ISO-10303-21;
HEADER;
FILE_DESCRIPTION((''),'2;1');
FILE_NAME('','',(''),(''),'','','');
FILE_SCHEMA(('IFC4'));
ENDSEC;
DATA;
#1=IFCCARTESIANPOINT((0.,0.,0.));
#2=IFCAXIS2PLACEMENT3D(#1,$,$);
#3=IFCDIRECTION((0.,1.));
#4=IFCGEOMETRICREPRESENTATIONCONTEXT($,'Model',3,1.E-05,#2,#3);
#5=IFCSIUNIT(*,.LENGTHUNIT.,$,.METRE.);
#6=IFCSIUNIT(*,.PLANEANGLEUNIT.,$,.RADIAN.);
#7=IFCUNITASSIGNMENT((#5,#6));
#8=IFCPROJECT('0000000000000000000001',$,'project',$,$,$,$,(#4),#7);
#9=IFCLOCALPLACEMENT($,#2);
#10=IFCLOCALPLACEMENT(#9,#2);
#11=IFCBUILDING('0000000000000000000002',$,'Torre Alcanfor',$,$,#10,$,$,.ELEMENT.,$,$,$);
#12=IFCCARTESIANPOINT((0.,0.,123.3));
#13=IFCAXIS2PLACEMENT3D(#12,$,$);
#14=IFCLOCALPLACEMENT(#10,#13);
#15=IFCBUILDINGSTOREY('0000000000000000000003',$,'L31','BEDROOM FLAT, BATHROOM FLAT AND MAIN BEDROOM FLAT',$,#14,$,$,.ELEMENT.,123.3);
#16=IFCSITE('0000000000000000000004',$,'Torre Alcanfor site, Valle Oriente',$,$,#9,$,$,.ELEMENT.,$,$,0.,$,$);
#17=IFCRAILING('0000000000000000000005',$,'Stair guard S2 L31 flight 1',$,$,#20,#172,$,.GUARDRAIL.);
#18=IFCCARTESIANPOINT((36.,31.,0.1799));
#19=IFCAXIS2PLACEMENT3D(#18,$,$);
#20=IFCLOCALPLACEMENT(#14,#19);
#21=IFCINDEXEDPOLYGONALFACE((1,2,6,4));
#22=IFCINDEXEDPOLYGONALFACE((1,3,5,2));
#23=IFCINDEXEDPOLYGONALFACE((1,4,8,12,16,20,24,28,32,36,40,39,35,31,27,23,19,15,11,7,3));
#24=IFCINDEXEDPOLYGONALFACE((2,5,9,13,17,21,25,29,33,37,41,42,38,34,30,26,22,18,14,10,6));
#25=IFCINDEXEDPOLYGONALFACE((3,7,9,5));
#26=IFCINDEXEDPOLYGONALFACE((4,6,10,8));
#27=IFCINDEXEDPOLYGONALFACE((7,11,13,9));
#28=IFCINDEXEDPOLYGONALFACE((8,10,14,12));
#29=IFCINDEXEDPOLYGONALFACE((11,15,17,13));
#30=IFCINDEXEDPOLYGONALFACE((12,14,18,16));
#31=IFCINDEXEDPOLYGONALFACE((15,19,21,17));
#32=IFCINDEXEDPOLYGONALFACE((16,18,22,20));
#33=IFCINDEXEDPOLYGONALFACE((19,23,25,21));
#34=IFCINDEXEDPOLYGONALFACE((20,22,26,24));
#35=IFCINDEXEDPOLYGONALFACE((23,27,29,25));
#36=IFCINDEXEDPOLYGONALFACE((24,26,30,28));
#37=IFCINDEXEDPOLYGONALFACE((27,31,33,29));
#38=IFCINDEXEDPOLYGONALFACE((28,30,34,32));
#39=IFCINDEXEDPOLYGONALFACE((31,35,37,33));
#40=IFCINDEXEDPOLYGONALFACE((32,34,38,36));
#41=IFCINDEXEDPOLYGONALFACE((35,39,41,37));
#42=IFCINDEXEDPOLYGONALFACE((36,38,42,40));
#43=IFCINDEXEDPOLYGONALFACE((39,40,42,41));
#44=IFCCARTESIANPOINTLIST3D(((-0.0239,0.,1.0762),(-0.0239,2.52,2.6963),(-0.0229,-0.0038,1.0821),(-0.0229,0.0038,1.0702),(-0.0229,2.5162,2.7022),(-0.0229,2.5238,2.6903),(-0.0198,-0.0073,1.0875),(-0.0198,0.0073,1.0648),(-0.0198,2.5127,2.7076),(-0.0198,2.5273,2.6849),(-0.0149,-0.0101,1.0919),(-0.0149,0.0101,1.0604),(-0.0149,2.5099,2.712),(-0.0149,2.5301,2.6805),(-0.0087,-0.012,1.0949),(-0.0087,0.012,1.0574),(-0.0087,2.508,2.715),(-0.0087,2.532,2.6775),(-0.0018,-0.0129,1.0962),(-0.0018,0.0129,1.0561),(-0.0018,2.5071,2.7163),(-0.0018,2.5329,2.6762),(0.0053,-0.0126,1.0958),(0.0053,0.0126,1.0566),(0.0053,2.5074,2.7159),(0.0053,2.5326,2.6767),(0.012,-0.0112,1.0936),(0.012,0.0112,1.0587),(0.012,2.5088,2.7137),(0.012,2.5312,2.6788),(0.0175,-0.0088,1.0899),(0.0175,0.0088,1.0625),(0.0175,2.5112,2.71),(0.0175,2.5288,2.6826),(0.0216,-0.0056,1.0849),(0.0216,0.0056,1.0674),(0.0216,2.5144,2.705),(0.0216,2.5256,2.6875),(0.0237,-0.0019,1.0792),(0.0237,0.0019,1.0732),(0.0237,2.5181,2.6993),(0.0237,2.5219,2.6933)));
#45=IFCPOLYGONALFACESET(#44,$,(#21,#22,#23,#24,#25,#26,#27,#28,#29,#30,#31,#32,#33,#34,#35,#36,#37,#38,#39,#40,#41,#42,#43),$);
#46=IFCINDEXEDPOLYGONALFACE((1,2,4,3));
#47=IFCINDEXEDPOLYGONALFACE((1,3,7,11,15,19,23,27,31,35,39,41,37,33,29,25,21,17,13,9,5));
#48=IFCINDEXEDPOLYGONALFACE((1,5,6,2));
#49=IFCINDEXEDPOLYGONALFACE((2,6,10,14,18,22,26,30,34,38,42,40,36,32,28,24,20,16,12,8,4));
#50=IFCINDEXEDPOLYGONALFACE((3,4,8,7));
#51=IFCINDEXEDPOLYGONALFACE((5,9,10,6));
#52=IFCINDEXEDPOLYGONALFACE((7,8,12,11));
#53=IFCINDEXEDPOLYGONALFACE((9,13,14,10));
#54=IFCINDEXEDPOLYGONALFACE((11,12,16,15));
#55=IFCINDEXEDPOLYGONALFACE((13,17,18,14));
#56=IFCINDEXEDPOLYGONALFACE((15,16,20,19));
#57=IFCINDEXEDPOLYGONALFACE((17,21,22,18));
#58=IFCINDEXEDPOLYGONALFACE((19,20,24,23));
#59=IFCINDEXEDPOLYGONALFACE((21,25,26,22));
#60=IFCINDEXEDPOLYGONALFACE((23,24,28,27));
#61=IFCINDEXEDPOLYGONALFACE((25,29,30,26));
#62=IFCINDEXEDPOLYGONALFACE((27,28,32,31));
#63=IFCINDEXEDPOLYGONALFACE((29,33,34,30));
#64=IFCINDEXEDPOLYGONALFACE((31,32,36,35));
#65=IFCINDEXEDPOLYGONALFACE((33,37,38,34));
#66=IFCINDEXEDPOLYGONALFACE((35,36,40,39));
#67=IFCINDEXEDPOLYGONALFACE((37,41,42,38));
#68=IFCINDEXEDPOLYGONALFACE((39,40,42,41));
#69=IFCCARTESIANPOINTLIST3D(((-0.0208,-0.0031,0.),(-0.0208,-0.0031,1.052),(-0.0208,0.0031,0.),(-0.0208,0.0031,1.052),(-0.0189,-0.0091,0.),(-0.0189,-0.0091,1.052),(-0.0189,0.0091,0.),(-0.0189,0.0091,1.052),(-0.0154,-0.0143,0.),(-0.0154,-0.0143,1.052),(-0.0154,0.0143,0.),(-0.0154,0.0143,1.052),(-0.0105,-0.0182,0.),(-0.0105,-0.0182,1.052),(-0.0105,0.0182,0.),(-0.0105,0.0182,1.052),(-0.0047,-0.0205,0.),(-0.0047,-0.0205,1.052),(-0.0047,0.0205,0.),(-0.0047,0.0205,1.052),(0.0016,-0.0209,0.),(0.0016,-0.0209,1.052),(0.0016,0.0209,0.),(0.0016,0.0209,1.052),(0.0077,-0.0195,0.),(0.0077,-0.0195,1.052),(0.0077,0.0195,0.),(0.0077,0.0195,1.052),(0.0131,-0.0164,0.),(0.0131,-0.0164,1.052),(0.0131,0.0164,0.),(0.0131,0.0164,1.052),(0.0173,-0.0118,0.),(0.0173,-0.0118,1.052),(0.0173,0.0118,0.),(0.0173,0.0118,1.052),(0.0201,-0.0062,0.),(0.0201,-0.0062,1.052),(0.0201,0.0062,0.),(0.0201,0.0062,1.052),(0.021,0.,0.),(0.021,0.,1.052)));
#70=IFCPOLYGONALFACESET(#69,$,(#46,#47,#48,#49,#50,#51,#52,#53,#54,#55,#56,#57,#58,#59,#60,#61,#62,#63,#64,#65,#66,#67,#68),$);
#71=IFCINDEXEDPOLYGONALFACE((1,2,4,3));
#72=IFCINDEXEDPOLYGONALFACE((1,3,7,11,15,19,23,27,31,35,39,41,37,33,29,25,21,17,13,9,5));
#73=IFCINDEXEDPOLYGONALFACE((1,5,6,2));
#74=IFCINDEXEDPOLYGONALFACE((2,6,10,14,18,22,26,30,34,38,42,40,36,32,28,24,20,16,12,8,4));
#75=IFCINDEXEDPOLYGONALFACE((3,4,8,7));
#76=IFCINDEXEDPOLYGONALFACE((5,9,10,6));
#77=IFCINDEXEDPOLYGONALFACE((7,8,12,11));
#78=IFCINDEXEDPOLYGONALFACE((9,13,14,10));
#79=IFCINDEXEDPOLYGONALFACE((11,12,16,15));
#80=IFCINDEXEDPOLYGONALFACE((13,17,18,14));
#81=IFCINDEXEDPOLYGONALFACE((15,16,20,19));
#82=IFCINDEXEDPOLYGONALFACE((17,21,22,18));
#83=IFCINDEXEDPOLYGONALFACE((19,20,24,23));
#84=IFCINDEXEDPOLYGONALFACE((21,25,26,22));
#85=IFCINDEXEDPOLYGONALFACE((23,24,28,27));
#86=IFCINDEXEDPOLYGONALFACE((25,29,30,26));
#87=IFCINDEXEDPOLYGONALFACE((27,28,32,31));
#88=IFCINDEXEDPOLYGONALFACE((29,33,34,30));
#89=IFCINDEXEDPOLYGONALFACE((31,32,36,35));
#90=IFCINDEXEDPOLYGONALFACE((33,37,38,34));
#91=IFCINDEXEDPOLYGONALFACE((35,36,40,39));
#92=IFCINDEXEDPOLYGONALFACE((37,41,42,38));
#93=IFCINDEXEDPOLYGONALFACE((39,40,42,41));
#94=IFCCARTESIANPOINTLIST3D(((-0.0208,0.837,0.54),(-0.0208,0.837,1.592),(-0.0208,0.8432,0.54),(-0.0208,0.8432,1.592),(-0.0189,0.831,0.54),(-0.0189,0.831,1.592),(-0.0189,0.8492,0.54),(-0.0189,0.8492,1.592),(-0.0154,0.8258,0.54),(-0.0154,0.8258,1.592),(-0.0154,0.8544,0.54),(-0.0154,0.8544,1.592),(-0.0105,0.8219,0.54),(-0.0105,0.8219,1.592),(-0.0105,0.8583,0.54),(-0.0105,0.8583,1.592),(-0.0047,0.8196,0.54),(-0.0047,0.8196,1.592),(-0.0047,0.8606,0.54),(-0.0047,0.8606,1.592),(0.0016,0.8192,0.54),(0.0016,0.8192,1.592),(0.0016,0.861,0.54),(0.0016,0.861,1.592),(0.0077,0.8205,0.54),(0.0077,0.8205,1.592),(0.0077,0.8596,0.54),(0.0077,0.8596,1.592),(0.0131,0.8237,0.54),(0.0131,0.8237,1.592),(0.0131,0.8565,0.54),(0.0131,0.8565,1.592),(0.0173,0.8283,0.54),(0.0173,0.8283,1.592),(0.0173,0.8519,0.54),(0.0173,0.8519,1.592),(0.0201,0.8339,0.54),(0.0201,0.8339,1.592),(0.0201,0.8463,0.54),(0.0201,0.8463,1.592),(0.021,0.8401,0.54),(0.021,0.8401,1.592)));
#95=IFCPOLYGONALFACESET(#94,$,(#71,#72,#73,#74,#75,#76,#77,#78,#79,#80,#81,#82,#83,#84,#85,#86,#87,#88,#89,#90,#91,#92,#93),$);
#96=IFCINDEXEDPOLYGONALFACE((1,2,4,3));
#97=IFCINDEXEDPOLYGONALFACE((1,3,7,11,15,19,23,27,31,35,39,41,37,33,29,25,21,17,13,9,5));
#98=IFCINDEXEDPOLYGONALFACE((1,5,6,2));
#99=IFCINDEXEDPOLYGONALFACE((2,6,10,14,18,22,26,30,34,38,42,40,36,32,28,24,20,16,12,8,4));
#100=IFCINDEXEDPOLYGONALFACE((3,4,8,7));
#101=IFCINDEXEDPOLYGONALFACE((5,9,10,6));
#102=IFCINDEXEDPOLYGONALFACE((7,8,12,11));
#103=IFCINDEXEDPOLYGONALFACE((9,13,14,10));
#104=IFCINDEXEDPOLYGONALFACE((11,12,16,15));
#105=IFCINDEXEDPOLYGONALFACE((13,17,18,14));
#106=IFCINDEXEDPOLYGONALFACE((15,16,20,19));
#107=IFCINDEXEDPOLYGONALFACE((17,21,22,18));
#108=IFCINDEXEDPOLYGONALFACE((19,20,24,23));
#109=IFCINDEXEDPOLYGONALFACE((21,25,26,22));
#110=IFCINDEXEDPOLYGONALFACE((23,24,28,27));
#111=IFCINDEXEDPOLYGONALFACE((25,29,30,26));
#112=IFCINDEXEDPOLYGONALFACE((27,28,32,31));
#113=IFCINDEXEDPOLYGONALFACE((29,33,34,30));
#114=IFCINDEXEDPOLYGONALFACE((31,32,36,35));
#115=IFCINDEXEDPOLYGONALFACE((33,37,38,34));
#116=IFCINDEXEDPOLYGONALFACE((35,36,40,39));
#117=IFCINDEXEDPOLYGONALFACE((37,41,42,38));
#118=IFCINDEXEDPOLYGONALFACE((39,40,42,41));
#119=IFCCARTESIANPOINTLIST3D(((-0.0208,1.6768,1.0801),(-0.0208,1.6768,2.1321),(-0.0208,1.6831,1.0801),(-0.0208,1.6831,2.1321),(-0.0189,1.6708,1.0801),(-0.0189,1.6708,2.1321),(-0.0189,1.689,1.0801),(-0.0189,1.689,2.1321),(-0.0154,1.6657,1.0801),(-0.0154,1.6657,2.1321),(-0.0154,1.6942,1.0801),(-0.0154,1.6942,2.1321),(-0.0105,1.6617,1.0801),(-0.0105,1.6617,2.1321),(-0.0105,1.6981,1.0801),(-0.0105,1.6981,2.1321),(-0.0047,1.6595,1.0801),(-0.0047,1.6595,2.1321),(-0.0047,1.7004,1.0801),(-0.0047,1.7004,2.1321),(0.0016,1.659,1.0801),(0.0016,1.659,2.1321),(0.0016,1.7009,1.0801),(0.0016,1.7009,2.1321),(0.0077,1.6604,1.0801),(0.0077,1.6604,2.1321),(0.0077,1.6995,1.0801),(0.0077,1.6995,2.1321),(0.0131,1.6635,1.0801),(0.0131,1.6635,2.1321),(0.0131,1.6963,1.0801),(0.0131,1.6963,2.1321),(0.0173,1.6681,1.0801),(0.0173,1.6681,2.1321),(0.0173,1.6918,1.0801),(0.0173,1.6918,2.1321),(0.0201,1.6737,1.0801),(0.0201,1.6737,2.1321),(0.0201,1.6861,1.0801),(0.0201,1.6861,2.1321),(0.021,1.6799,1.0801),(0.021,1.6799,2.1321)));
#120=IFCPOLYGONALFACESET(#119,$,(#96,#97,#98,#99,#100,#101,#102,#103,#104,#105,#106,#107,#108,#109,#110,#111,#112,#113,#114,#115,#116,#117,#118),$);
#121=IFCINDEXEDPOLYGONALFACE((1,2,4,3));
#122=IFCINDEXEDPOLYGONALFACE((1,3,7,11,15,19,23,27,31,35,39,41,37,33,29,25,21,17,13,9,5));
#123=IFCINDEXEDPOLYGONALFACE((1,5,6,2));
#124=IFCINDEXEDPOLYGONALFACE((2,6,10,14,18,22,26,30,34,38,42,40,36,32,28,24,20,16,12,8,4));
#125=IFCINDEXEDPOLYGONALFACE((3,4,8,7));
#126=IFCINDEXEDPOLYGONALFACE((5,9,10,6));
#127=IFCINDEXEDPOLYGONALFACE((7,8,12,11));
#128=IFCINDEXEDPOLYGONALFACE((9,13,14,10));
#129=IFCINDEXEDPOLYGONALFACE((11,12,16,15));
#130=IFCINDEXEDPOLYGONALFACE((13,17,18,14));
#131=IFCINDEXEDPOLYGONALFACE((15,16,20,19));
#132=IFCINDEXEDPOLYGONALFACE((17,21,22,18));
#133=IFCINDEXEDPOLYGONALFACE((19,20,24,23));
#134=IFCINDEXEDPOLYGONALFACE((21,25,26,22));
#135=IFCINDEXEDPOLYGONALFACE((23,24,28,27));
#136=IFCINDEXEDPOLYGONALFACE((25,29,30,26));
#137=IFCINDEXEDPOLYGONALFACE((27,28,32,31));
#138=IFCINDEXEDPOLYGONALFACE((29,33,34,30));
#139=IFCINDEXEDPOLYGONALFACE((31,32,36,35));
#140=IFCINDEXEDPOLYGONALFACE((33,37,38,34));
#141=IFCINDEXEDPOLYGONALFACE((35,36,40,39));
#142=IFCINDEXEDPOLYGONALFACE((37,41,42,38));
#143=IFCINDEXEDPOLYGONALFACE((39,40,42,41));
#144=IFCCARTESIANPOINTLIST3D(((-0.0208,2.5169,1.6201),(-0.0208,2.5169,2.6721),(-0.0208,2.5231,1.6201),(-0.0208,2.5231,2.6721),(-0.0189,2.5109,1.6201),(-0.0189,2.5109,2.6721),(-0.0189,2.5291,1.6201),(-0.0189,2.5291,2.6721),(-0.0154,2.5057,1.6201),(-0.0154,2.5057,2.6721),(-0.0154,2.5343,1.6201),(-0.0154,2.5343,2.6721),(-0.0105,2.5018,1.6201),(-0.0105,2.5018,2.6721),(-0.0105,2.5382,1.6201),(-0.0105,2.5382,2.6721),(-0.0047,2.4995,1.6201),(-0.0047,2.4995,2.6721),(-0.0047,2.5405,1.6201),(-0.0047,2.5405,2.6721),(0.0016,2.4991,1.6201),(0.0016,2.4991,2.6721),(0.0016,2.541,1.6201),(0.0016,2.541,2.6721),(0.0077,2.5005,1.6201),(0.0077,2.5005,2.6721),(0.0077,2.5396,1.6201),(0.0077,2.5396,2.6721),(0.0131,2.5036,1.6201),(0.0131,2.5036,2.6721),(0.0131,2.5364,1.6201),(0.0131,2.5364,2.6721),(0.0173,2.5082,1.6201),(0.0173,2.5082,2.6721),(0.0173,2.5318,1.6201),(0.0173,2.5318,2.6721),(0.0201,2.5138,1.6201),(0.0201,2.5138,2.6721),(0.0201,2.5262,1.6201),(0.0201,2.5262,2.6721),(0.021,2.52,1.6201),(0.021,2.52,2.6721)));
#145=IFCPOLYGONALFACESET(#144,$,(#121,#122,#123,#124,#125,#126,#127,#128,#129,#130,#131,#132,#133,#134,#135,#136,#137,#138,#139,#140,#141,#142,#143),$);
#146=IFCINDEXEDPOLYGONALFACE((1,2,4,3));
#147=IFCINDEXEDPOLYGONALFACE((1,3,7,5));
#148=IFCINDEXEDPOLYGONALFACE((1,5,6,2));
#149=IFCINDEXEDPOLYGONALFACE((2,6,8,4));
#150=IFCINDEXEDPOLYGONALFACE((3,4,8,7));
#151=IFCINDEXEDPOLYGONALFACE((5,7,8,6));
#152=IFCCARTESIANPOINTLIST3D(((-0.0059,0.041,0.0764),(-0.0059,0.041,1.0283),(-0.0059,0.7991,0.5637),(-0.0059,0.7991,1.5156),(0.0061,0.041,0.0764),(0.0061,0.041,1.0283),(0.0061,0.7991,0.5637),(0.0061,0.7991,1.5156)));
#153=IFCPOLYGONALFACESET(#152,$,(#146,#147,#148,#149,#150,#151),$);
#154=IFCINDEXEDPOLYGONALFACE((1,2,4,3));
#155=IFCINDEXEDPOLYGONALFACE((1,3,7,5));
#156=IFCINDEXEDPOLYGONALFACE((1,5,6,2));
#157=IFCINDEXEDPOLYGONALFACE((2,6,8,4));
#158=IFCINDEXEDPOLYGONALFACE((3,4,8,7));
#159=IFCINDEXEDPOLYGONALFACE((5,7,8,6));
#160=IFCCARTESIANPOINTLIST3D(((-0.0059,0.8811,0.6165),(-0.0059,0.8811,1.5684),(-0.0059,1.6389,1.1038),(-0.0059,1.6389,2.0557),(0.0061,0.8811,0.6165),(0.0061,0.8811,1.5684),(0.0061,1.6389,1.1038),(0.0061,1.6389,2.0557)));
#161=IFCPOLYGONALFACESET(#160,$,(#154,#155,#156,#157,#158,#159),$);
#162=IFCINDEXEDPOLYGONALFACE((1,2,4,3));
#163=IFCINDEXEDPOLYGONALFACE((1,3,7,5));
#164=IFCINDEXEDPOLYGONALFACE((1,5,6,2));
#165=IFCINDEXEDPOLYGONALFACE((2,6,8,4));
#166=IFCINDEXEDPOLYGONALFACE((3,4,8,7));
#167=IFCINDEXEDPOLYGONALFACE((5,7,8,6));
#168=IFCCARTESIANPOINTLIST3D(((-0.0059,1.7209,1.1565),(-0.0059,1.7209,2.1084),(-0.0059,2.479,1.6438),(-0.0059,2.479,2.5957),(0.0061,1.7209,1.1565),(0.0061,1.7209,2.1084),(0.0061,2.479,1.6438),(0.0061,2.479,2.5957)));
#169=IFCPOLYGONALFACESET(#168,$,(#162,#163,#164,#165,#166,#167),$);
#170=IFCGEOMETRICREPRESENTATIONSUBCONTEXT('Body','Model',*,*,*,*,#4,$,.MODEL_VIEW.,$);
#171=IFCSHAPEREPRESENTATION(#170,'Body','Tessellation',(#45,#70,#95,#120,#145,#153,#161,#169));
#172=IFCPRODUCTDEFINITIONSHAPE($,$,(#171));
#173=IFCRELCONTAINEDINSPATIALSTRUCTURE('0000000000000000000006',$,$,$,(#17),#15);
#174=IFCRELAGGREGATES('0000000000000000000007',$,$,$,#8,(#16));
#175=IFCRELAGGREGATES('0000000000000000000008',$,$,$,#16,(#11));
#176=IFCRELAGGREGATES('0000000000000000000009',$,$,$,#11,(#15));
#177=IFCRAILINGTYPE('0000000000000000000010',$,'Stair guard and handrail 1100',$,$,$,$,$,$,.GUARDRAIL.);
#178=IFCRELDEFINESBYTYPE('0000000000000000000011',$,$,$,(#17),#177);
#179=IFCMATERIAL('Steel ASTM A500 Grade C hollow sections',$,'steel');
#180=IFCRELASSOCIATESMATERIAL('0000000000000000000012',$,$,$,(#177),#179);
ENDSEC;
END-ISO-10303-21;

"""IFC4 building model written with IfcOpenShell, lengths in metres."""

from ifc_helpers import new_model, si_unit, direction, frame, origin, origin_2d, place, context, subcontext, project, spatial, polyline, circle, outline, extrude, material, type_object, element, save


model = new_model("IFC4")

# Units and contexts
model_context = context("Model", 3, precision=1e-05, world=origin(), true_north=direction((0.0, 1.0)))
body_context = subcontext(model_context, "Body", "Model", "MODEL_VIEW")
ifc_project = project(units=[si_unit("LENGTHUNIT", "METRE"), si_unit("PLANEANGLEUNIT", "RADIAN")], contexts=[model_context])

# Site, building, storey
site_placement = place(None, origin())
site = spatial("IfcSite", under=ifc_project, at=site_placement, Name="Torre Alcanfor site, Valle Oriente", CompositionType="ELEMENT", RefElevation=0.0)
building_placement = place(site_placement, origin())
building = spatial("IfcBuilding", under=site, at=building_placement, Name="Torre Alcanfor", CompositionType="ELEMENT")
storey_placement = place(building_placement, frame((0.0, 0.0, 123.3)))
storey = spatial("IfcBuildingStorey", under=building, at=storey_placement, Name="L31", Description="BEDROOM FLAT, BATHROOM FLAT AND MAIN BEDROOM FLAT", CompositionType="ELEMENT", Elevation=123.3)

# Railing
ifc_material_1 = material(Name="Steel ASTM A500 Grade C hollow sections", Category="steel")
railing_type_1 = type_object("IfcRailingType", Name="Stair guard and handrail 1100", PredefinedType="GUARDRAIL", material=ifc_material_1)
railing_1_placement = place(storey_placement, frame((36.0, 31.0, 0.1799)))
element("IfcRailing", 1, at=railing_1_placement, inside=storey, type_object=railing_type_1, Name="Stair guard S2 L31 flight 1", PredefinedType="GUARDRAIL", context=body_context, shape_type="SweptSolid", body=[
    extrude(circle(Radius=0.0239, at=origin_2d()), frame((0.0, 0.0, 1.0762), z_axis=(0.0, 0.841163, 0.540782), x_axis=(-1.0, 0.0, 0.0)), (0.0, 0.0, 1.0), 2.9958),
    extrude(circle(Radius=0.021, at=origin_2d()), origin(), (0.0, 0.0, 1.0), 1.052),
    extrude(circle(Radius=0.021, at=origin_2d()), frame((0.0, 0.8401, 0.54)), (0.0, 0.0, 1.0), 1.052),
    extrude(circle(Radius=0.021, at=origin_2d()), frame((0.0, 1.6799, 1.0801)), (0.0, 0.0, 1.0), 1.052),
    extrude(circle(Radius=0.021, at=origin_2d()), frame((0.0, 2.52, 1.6201)), (0.0, 0.0, 1.0), 1.052),
    extrude(outline(polyline([(0.041, 0.0764), (0.7991, 0.5637), (0.7991, 1.5156), (0.041, 1.0283), (0.041, 0.0764)])), frame((-0.0059, 0.0, 0.0), z_axis=(1.0, 0.0, 0.0), x_axis=(0.0, 1.0, 0.0)), (0.0, 0.0, 1.0), 0.012),
    extrude(outline(polyline([(0.8811, 0.6165), (1.6389, 1.1038), (1.6389, 2.0557), (0.8811, 1.5684), (0.8811, 0.6165)])), frame((-0.0059, 0.0, 0.0), z_axis=(1.0, 0.0, 0.0), x_axis=(0.0, 1.0, 0.0)), (0.0, 0.0, 1.0), 0.012),
    extrude(outline(polyline([(1.7209, 1.1565), (2.479, 1.6438), (2.479, 2.5957), (1.7209, 2.1084), (1.7209, 1.1565)])), frame((-0.0059, 0.0, 0.0), z_axis=(1.0, 0.0, 0.0), x_axis=(0.0, 1.0, 0.0)), (0.0, 0.0, 1.0), 0.012),
])

save(model, "model.ifc")
